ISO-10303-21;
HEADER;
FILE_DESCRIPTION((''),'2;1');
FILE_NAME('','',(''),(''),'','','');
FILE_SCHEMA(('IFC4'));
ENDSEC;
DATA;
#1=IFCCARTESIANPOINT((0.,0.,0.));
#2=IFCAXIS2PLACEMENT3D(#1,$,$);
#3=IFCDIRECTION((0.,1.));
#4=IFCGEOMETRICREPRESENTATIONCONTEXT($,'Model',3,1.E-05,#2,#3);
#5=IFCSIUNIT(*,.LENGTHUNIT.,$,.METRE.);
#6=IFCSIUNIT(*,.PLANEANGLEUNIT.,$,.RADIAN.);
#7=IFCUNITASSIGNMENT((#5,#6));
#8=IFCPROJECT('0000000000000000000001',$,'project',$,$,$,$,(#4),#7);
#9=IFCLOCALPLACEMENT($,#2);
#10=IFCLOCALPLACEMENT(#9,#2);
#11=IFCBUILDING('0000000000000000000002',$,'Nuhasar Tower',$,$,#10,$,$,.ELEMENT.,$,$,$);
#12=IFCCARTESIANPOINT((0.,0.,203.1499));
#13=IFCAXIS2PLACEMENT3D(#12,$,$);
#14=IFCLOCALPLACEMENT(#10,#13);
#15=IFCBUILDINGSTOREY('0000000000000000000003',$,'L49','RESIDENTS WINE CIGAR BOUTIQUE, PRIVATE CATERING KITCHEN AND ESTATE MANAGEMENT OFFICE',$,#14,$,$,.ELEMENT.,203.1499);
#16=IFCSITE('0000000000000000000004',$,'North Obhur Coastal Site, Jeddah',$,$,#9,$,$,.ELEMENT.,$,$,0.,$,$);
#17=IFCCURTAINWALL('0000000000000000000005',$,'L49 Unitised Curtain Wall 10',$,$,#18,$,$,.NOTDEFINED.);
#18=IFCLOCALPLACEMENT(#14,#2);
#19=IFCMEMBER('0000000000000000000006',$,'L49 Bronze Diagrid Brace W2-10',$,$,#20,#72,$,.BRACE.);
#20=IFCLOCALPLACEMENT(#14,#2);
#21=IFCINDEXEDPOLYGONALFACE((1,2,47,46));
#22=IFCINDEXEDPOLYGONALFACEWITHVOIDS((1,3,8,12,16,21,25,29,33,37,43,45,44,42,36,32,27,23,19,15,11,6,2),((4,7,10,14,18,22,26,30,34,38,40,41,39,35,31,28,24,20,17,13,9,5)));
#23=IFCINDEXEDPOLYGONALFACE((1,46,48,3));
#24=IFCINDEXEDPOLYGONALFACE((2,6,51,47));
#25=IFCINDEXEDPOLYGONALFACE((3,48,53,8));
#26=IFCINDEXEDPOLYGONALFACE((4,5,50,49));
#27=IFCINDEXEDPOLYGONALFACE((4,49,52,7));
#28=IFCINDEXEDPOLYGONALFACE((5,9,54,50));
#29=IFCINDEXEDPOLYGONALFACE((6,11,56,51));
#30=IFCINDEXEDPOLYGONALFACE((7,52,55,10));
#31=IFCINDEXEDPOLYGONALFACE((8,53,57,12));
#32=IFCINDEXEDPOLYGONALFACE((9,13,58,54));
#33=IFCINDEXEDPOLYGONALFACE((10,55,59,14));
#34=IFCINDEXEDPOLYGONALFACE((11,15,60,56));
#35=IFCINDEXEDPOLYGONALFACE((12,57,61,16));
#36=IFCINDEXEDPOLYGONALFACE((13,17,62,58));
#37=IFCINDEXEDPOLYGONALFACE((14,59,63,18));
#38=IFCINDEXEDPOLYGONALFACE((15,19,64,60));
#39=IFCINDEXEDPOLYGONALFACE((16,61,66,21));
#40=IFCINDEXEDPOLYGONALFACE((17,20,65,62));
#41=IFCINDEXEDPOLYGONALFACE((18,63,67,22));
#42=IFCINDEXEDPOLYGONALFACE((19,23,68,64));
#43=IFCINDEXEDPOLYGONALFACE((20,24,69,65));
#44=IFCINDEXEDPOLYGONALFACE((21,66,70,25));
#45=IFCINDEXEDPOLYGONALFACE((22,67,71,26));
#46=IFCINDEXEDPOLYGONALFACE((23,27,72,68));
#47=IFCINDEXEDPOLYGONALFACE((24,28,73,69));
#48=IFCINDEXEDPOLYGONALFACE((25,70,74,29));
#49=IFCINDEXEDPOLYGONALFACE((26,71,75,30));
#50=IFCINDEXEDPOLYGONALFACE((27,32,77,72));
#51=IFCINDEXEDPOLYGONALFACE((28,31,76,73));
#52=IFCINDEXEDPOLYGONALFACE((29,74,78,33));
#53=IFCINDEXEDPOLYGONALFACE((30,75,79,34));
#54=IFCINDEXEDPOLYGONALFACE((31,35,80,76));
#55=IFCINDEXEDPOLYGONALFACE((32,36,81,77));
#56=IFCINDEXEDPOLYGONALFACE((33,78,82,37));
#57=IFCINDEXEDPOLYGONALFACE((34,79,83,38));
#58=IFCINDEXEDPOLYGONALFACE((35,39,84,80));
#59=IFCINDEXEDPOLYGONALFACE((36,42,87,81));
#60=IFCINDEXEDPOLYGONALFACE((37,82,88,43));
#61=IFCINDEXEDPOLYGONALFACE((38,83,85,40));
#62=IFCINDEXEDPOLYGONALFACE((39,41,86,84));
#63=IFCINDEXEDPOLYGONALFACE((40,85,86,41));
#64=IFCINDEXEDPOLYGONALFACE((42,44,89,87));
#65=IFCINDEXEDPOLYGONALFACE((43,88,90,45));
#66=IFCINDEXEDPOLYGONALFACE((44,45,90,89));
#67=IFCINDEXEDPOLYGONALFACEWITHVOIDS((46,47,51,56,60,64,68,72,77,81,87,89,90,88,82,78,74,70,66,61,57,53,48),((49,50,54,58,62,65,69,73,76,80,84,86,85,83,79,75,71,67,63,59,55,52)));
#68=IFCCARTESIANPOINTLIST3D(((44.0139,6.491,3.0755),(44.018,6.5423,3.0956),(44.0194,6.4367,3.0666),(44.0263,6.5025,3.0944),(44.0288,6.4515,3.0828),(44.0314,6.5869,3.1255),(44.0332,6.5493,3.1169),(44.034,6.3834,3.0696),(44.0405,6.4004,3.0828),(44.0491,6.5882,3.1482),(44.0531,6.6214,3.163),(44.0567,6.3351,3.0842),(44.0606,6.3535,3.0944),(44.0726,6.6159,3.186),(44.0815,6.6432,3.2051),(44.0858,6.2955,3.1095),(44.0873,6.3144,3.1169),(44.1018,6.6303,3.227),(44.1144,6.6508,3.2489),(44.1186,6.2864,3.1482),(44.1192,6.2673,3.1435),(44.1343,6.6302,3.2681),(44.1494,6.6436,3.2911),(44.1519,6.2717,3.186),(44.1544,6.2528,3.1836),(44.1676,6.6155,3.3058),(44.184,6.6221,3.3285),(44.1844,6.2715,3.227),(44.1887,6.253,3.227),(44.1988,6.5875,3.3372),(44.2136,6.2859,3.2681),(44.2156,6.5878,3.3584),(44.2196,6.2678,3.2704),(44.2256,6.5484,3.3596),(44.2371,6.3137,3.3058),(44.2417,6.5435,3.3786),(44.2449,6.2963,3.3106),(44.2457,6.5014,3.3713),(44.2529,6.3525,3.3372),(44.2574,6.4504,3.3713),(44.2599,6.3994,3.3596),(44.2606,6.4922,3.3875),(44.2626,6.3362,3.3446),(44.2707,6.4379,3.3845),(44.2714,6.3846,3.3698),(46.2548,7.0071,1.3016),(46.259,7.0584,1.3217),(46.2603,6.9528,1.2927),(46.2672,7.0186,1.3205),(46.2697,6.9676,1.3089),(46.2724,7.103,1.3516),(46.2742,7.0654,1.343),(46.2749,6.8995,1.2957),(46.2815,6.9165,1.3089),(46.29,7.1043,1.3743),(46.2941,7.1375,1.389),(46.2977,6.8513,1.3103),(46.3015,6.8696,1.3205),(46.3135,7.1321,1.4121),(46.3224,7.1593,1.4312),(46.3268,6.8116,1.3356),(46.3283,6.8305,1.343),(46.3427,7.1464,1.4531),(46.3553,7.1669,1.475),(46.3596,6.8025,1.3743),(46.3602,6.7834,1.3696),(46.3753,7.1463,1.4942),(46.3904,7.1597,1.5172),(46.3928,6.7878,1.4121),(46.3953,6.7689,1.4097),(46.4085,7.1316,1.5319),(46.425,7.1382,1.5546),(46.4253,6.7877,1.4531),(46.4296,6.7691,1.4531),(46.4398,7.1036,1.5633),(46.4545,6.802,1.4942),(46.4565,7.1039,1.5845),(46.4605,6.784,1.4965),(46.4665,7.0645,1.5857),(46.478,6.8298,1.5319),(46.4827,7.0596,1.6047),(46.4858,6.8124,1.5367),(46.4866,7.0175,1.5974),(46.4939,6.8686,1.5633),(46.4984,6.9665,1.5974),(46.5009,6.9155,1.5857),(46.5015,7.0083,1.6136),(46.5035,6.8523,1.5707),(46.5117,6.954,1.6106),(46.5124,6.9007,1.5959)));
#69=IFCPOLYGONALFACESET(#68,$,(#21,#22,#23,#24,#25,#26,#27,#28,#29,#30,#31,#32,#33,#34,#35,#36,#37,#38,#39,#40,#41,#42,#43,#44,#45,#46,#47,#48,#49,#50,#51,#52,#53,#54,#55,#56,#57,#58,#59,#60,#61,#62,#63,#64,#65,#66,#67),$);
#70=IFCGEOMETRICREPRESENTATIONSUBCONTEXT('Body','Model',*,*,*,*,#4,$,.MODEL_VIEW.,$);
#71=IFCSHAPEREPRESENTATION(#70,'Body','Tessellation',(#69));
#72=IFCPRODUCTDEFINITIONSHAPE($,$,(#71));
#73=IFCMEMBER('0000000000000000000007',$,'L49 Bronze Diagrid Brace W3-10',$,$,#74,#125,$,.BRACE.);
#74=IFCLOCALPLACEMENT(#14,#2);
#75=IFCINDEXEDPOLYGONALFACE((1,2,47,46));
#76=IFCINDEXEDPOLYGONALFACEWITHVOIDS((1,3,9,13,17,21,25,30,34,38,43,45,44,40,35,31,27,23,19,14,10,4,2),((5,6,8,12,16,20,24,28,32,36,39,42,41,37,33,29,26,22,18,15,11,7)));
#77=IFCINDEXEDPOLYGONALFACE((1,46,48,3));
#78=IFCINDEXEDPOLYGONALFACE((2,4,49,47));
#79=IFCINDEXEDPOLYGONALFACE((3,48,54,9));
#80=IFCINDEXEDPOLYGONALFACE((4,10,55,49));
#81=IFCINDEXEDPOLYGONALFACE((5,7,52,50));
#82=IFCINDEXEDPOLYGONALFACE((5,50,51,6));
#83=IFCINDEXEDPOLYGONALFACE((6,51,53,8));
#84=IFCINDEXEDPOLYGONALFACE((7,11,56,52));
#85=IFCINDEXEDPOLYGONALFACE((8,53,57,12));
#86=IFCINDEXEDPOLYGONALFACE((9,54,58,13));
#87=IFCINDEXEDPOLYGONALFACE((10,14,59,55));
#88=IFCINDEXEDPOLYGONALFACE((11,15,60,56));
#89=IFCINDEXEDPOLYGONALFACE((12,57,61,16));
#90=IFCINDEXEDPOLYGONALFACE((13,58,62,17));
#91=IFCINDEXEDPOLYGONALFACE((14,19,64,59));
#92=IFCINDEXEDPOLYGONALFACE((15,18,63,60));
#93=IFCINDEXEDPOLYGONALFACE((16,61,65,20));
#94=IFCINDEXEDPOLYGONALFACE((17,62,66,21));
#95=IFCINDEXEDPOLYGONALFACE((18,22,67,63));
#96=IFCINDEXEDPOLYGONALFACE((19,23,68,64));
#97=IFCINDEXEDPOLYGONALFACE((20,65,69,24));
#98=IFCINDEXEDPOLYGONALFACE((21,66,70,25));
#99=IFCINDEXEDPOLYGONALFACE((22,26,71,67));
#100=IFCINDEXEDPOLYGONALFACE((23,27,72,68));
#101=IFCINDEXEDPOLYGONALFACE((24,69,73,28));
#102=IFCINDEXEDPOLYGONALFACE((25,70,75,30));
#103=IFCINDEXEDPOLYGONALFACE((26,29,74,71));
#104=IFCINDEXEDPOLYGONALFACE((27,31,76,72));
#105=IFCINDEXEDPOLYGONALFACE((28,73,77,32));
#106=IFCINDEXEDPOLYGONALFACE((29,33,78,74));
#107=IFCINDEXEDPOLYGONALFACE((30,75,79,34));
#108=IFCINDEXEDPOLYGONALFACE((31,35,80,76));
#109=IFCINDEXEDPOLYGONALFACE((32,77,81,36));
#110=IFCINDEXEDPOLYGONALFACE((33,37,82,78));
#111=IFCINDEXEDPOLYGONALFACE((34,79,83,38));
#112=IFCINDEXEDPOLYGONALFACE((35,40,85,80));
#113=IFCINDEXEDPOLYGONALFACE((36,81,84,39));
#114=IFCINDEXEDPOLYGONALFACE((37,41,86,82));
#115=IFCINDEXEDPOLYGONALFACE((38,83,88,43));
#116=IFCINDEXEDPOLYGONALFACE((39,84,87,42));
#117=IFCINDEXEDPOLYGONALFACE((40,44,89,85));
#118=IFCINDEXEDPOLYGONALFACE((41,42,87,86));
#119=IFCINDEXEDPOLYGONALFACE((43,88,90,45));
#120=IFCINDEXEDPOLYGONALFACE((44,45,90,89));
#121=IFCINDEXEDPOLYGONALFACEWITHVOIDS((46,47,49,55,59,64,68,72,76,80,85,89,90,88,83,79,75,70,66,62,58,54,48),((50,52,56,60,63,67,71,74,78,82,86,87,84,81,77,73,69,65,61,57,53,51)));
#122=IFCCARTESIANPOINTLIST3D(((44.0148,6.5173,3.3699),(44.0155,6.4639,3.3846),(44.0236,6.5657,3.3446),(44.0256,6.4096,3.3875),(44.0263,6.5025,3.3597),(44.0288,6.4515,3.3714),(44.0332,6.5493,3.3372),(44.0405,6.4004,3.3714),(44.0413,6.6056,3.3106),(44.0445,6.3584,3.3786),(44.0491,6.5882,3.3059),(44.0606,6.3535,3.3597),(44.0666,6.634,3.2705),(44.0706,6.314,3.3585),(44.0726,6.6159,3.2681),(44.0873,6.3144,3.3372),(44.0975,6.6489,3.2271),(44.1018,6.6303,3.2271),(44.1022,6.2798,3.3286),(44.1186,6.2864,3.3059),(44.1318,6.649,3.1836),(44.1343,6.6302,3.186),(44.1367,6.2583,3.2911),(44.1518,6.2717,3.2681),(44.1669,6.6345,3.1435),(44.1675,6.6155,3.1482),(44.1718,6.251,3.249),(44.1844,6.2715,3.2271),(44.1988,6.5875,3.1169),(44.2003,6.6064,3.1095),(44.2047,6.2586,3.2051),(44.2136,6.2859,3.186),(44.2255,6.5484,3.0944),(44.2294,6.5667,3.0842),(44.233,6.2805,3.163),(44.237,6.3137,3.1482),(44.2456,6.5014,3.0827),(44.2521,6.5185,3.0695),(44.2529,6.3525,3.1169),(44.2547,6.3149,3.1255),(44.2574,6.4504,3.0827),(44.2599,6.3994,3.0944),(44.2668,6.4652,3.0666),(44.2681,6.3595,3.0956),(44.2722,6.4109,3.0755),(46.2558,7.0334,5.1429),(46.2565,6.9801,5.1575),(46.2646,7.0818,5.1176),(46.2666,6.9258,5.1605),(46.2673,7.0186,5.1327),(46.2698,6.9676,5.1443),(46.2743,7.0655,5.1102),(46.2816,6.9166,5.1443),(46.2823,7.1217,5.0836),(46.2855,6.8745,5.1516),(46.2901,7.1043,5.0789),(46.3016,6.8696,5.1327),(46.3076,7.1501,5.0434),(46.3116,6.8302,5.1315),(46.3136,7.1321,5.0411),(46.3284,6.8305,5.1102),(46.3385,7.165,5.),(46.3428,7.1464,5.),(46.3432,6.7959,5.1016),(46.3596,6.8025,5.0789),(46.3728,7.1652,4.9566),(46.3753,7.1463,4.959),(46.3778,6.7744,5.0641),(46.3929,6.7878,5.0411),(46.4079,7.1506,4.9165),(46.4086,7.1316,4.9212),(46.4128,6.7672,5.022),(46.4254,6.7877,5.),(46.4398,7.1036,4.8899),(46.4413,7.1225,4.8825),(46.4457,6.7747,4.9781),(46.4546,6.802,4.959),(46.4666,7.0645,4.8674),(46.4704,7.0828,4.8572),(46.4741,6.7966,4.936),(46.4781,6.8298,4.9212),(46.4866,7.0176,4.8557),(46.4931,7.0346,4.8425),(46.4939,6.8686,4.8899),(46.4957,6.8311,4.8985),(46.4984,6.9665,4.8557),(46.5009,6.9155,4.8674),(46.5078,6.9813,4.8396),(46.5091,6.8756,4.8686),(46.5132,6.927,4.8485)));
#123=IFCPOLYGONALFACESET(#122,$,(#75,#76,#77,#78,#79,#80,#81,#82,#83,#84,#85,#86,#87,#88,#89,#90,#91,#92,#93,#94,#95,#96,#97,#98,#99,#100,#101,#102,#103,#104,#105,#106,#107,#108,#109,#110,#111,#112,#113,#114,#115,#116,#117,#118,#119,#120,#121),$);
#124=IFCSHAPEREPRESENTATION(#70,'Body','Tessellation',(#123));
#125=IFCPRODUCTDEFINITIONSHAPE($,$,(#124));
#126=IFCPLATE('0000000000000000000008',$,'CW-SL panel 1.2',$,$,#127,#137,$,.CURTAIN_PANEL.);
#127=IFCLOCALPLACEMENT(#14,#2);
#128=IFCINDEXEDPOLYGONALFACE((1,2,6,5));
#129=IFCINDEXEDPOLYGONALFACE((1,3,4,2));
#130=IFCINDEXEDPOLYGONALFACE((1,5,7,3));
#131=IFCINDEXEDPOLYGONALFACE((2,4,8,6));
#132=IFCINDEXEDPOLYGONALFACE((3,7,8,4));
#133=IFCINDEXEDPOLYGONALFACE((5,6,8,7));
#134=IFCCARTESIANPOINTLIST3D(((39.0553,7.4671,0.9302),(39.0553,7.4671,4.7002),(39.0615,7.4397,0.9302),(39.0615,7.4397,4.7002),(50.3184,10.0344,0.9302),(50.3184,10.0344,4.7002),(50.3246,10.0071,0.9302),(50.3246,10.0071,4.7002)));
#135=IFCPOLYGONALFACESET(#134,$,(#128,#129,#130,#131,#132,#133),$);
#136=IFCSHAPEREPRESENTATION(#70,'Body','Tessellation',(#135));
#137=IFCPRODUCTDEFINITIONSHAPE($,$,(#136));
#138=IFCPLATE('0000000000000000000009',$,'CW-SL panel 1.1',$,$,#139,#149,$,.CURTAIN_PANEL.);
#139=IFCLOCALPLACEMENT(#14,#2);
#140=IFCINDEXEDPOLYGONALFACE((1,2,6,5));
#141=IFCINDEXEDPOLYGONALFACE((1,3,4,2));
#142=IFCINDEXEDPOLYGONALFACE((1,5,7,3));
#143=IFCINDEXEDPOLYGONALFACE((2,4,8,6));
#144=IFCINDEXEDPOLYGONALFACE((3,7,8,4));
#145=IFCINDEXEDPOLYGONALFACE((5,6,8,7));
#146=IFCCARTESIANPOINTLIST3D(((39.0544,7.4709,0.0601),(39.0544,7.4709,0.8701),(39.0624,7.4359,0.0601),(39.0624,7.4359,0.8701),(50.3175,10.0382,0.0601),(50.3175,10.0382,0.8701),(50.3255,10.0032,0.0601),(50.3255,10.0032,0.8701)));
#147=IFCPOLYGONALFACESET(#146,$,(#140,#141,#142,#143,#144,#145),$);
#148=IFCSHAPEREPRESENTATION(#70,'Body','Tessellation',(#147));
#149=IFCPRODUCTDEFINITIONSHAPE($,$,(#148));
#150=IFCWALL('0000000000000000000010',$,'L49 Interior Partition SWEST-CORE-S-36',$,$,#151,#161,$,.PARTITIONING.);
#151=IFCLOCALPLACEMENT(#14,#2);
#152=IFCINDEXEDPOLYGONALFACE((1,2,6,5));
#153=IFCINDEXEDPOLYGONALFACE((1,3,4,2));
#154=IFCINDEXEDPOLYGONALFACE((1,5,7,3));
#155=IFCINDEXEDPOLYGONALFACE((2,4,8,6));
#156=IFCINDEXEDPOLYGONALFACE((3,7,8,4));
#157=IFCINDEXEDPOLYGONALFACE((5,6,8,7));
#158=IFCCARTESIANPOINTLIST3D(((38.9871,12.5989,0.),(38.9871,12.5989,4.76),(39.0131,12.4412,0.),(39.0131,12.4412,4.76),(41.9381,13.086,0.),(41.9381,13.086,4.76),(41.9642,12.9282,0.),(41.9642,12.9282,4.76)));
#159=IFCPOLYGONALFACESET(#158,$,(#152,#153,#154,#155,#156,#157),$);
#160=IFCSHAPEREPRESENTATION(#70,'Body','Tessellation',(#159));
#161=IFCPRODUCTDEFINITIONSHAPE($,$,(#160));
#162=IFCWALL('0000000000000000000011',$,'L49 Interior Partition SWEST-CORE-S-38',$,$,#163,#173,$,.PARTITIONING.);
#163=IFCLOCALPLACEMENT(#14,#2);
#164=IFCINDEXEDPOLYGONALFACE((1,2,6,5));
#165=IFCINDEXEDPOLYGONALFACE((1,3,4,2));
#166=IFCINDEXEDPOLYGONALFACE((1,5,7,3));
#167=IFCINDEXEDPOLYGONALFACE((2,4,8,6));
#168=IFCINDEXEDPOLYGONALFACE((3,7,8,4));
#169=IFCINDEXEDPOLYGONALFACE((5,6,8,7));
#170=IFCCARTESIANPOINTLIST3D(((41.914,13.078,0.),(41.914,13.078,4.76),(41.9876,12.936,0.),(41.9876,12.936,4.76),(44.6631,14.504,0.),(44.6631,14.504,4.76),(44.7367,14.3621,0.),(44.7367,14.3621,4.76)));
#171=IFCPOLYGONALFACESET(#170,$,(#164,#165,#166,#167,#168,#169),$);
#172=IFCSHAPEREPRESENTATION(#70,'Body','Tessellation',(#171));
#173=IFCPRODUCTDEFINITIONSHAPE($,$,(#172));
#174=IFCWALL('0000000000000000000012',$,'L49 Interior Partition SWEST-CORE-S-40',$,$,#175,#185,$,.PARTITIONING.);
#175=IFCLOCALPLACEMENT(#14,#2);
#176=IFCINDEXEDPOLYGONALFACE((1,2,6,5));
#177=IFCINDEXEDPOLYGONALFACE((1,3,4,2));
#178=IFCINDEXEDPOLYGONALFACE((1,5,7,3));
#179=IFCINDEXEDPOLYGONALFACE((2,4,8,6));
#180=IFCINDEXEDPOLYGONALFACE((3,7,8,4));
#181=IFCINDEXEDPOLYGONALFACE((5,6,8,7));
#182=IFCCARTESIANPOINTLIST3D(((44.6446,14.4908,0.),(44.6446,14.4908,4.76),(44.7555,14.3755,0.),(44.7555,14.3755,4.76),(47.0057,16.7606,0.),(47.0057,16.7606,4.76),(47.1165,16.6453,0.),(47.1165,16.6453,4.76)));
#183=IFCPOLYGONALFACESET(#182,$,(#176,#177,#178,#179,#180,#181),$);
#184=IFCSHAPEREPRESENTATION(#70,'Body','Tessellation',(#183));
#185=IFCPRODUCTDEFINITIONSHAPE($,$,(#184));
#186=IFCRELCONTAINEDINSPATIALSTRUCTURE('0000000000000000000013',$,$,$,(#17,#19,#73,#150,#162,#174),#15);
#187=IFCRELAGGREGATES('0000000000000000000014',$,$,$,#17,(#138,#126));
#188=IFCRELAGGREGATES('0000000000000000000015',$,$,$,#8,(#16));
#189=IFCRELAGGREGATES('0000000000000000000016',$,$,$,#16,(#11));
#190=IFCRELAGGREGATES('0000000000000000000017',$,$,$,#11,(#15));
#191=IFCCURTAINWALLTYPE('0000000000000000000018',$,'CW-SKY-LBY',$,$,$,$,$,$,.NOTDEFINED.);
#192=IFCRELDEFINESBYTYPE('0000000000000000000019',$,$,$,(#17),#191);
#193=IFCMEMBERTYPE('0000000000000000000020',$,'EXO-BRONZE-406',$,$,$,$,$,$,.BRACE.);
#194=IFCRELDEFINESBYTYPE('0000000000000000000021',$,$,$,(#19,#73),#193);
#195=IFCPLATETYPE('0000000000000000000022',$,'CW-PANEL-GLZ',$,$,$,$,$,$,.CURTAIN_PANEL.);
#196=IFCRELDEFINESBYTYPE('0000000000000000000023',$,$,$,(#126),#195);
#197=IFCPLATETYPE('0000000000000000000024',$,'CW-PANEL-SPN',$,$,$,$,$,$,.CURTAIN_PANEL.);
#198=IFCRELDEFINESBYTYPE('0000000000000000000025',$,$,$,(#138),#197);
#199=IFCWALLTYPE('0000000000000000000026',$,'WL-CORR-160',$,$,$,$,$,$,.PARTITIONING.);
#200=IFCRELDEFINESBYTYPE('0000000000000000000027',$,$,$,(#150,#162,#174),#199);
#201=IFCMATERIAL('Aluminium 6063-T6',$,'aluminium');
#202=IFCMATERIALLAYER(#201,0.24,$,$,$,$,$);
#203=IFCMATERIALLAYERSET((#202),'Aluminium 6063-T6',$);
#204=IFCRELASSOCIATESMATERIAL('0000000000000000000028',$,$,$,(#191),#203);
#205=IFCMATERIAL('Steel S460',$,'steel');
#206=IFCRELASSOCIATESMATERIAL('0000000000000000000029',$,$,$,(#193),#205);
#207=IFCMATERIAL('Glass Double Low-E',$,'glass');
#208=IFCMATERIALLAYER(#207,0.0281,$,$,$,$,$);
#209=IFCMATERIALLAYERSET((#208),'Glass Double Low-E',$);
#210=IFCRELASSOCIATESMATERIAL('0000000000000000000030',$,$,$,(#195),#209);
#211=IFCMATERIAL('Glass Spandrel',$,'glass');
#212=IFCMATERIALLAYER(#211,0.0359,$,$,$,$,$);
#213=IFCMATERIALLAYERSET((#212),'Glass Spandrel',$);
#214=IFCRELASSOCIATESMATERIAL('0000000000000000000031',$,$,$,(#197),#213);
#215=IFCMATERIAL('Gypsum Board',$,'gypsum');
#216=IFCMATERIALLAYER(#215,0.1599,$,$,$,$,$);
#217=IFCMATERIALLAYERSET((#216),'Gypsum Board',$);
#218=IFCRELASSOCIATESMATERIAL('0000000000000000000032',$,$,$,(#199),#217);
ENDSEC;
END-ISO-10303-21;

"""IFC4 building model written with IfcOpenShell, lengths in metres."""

from ifc_helpers import new_model, si_unit, direction, frame, frame_2d, origin, origin_2d, place, context, subcontext, project, spatial, rectangle, hollow_circle, extrude, material, layer, layer_set, material_profile, profile_set, type_object, element, aggregate, save


model = new_model("IFC4")

# Units and contexts
model_context = context("Model", 3, precision=1e-05, world=origin(), true_north=direction((0.0, 1.0)))
body_context = subcontext(model_context, "Body", "Model", "MODEL_VIEW")
ifc_project = project(units=[si_unit("LENGTHUNIT", "METRE"), si_unit("PLANEANGLEUNIT", "RADIAN")], contexts=[model_context])

# Site, building, storey
site_placement = place(None, origin())
site = spatial("IfcSite", under=ifc_project, at=site_placement, Name="North Obhur Coastal Site, Jeddah", CompositionType="ELEMENT", RefElevation=0.0)
building_placement = place(site_placement, origin())
building = spatial("IfcBuilding", under=site, at=building_placement, Name="Nuhasar Tower", CompositionType="ELEMENT")
storey_placement = place(building_placement, frame((0.0, 0.0, 203.1499)))
storey = spatial("IfcBuildingStorey", under=building, at=storey_placement, Name="L49", Description="RESIDENTS WINE CIGAR BOUTIQUE, PRIVATE CATERING KITCHEN AND ESTATE MANAGEMENT OFFICE", CompositionType="ELEMENT", Elevation=203.1499)

# Shared definitions
ifc_material_1 = material(Name="Steel S460", Category="steel")

# Curtain wall
ifc_material_2 = material(Name="Aluminium 6063-T6", Category="aluminium")
ifc_layer_1 = layer(ifc_material_2, 0.24)
ifc_layer_set_1 = layer_set([ifc_layer_1], Name="Aluminium 6063-T6")
curtain_wall_type = type_object("IfcCurtainWallType", Name="CW-SKY-LBY", PredefinedType="NOTDEFINED", material=ifc_layer_set_1)
curtain_wall_placement = place(storey_placement, origin())
curtain_wall = element("IfcCurtainWall", 1, at=curtain_wall_placement, inside=storey, type_object=curtain_wall_type, Name="L49 Unitised Curtain Wall 10", PredefinedType="NOTDEFINED")

# Members
ifc_material_profile_1 = material_profile(ifc_material_1, hollow_circle(Radius=0.2031, WallThickness=0.019, at=origin_2d()), Name="HSS406.4X19.1")
ifc_profile_set_1 = profile_set([ifc_material_profile_1], Name="Steel S460")
member_type_1 = type_object("IfcMemberType", Name="EXO-BRONZE-406", PredefinedType="BRACE", material=ifc_profile_set_1)
member_1_placement = place(storey_placement, frame((46.384, 6.967, 1.4531), z_axis=(-0.771596, -0.177705, 0.610787), x_axis=(0.224433, -0.97449, 0.0)))
element("IfcMember", 2, at=member_1_placement, inside=storey, type_object=member_type_1, Name="L49 Bronze Diagrid Brace W2-10", PredefinedType="BRACE", context=body_context, shape_type="SweptSolid", body=[
    extrude(hollow_circle(Radius=0.2031, WallThickness=0.019, at=origin_2d()), origin(), (0.0, 0.0, 1.0), 2.9043),
])
member_2_placement = place(storey_placement, frame((44.1431, 6.4509, 3.2271), z_axis=(0.771754, 0.177741, 0.610576), x_axis=(-0.224433, 0.97449, 0.0)))
element("IfcMember", 3, at=member_2_placement, inside=storey, type_object=member_type_1, Name="L49 Bronze Diagrid Brace W3-10", PredefinedType="BRACE", context=body_context, shape_type="SweptSolid", body=[
    extrude(hollow_circle(Radius=0.2031, WallThickness=0.019, at=origin_2d()), origin(), (0.0, 0.0, 1.0), 2.9038),
])

# Plates
ifc_material_3 = material(Name="Glass Double Low-E", Category="glass")
ifc_layer_2 = layer(ifc_material_3, 0.0281)
ifc_layer_set_2 = layer_set([ifc_layer_2], Name="Glass Double Low-E")
plate_type_1 = type_object("IfcPlateType", Name="CW-PANEL-GLZ", PredefinedType="CURTAIN_PANEL", material=ifc_layer_set_2)
plate_1_placement = place(storey_placement, frame((44.6899, 8.7371, 0.9302), z_axis=(0.0, 0.0, 1.0), x_axis=(0.974991, 0.222243, 0.0)))
plate_1 = element("IfcPlate", 4, at=plate_1_placement, type_object=plate_type_1, Name="CW-SL panel 1.2", PredefinedType="CURTAIN_PANEL", context=body_context, shape_type="SweptSolid", body=[
    extrude(rectangle(XDim=11.552, YDim=0.0281, at=origin_2d()), origin(), (0.0, 0.0, 1.0), 3.77),
])
ifc_material_4 = material(Name="Glass Spandrel", Category="glass")
ifc_layer_3 = layer(ifc_material_4, 0.0359)
ifc_layer_set_3 = layer_set([ifc_layer_3], Name="Glass Spandrel")
plate_type_2 = type_object("IfcPlateType", Name="CW-PANEL-SPN", PredefinedType="CURTAIN_PANEL", material=ifc_layer_set_3)
plate_2_placement = place(storey_placement, frame((44.6899, 8.7371, 0.0601), z_axis=(0.0, 0.0, 1.0), x_axis=(0.974991, 0.222243, 0.0)))
plate_2 = element("IfcPlate", 5, at=plate_2_placement, type_object=plate_type_2, Name="CW-SL panel 1.1", PredefinedType="CURTAIN_PANEL", context=body_context, shape_type="SweptSolid", body=[
    extrude(rectangle(XDim=11.552, YDim=0.0359, at=origin_2d()), origin(), (0.0, 0.0, 1.0), 0.8101),
])
aggregate(curtain_wall, [plate_2, plate_1])

# Walls
ifc_material_5 = material(Name="Gypsum Board", Category="gypsum")
ifc_layer_4 = layer(ifc_material_5, 0.1599)
ifc_layer_set_4 = layer_set([ifc_layer_4], Name="Gypsum Board")
wall_type_1 = type_object("IfcWallType", Name="WL-CORR-160", PredefinedType="PARTITIONING", material=ifc_layer_set_4)
wall_1_placement = place(storey_placement, frame((39.0, 12.52, 0.0), z_axis=(0.0, 0.0, 1.0), x_axis=(0.986651, 0.16285, 0.0)))
element("IfcWall", 6, at=wall_1_placement, inside=storey, type_object=wall_type_1, Name="L49 Interior Partition SWEST-CORE-S-36", PredefinedType="PARTITIONING", context=body_context, shape_type="SweptSolid", body=[
    extrude(rectangle(XDim=2.991, YDim=0.1599, at=frame_2d((1.4956, 0.0))), origin(), (0.0, 0.0, 1.0), 4.76),
])
wall_2_placement = place(storey_placement, frame((41.9509, 13.0071, 0.0), z_axis=(0.0, 0.0, 1.0), x_axis=(0.887675, 0.460471, 0.0)))
element("IfcWall", 7, at=wall_2_placement, inside=storey, type_object=wall_type_1, Name="L49 Interior Partition SWEST-CORE-S-38", PredefinedType="PARTITIONING", context=body_context, shape_type="SweptSolid", body=[
    extrude(rectangle(XDim=3.0969, YDim=0.1599, at=frame_2d((1.5483, 0.0))), origin(), (0.0, 0.0, 1.0), 4.76),
])
wall_3_placement = place(storey_placement, frame((44.7, 14.4331, 0.0), z_axis=(0.0, 0.0, 1.0), x_axis=(0.720909, 0.69303, 0.0)))
element("IfcWall", 8, at=wall_3_placement, inside=storey, type_object=wall_type_1, Name="L49 Interior Partition SWEST-CORE-S-40", PredefinedType="PARTITIONING", context=body_context, shape_type="SweptSolid", body=[
    extrude(rectangle(XDim=3.2751, YDim=0.1599, at=frame_2d((1.6377, 0.0))), origin(), (0.0, 0.0, 1.0), 4.76),
])

save(model, "model.ifc")
